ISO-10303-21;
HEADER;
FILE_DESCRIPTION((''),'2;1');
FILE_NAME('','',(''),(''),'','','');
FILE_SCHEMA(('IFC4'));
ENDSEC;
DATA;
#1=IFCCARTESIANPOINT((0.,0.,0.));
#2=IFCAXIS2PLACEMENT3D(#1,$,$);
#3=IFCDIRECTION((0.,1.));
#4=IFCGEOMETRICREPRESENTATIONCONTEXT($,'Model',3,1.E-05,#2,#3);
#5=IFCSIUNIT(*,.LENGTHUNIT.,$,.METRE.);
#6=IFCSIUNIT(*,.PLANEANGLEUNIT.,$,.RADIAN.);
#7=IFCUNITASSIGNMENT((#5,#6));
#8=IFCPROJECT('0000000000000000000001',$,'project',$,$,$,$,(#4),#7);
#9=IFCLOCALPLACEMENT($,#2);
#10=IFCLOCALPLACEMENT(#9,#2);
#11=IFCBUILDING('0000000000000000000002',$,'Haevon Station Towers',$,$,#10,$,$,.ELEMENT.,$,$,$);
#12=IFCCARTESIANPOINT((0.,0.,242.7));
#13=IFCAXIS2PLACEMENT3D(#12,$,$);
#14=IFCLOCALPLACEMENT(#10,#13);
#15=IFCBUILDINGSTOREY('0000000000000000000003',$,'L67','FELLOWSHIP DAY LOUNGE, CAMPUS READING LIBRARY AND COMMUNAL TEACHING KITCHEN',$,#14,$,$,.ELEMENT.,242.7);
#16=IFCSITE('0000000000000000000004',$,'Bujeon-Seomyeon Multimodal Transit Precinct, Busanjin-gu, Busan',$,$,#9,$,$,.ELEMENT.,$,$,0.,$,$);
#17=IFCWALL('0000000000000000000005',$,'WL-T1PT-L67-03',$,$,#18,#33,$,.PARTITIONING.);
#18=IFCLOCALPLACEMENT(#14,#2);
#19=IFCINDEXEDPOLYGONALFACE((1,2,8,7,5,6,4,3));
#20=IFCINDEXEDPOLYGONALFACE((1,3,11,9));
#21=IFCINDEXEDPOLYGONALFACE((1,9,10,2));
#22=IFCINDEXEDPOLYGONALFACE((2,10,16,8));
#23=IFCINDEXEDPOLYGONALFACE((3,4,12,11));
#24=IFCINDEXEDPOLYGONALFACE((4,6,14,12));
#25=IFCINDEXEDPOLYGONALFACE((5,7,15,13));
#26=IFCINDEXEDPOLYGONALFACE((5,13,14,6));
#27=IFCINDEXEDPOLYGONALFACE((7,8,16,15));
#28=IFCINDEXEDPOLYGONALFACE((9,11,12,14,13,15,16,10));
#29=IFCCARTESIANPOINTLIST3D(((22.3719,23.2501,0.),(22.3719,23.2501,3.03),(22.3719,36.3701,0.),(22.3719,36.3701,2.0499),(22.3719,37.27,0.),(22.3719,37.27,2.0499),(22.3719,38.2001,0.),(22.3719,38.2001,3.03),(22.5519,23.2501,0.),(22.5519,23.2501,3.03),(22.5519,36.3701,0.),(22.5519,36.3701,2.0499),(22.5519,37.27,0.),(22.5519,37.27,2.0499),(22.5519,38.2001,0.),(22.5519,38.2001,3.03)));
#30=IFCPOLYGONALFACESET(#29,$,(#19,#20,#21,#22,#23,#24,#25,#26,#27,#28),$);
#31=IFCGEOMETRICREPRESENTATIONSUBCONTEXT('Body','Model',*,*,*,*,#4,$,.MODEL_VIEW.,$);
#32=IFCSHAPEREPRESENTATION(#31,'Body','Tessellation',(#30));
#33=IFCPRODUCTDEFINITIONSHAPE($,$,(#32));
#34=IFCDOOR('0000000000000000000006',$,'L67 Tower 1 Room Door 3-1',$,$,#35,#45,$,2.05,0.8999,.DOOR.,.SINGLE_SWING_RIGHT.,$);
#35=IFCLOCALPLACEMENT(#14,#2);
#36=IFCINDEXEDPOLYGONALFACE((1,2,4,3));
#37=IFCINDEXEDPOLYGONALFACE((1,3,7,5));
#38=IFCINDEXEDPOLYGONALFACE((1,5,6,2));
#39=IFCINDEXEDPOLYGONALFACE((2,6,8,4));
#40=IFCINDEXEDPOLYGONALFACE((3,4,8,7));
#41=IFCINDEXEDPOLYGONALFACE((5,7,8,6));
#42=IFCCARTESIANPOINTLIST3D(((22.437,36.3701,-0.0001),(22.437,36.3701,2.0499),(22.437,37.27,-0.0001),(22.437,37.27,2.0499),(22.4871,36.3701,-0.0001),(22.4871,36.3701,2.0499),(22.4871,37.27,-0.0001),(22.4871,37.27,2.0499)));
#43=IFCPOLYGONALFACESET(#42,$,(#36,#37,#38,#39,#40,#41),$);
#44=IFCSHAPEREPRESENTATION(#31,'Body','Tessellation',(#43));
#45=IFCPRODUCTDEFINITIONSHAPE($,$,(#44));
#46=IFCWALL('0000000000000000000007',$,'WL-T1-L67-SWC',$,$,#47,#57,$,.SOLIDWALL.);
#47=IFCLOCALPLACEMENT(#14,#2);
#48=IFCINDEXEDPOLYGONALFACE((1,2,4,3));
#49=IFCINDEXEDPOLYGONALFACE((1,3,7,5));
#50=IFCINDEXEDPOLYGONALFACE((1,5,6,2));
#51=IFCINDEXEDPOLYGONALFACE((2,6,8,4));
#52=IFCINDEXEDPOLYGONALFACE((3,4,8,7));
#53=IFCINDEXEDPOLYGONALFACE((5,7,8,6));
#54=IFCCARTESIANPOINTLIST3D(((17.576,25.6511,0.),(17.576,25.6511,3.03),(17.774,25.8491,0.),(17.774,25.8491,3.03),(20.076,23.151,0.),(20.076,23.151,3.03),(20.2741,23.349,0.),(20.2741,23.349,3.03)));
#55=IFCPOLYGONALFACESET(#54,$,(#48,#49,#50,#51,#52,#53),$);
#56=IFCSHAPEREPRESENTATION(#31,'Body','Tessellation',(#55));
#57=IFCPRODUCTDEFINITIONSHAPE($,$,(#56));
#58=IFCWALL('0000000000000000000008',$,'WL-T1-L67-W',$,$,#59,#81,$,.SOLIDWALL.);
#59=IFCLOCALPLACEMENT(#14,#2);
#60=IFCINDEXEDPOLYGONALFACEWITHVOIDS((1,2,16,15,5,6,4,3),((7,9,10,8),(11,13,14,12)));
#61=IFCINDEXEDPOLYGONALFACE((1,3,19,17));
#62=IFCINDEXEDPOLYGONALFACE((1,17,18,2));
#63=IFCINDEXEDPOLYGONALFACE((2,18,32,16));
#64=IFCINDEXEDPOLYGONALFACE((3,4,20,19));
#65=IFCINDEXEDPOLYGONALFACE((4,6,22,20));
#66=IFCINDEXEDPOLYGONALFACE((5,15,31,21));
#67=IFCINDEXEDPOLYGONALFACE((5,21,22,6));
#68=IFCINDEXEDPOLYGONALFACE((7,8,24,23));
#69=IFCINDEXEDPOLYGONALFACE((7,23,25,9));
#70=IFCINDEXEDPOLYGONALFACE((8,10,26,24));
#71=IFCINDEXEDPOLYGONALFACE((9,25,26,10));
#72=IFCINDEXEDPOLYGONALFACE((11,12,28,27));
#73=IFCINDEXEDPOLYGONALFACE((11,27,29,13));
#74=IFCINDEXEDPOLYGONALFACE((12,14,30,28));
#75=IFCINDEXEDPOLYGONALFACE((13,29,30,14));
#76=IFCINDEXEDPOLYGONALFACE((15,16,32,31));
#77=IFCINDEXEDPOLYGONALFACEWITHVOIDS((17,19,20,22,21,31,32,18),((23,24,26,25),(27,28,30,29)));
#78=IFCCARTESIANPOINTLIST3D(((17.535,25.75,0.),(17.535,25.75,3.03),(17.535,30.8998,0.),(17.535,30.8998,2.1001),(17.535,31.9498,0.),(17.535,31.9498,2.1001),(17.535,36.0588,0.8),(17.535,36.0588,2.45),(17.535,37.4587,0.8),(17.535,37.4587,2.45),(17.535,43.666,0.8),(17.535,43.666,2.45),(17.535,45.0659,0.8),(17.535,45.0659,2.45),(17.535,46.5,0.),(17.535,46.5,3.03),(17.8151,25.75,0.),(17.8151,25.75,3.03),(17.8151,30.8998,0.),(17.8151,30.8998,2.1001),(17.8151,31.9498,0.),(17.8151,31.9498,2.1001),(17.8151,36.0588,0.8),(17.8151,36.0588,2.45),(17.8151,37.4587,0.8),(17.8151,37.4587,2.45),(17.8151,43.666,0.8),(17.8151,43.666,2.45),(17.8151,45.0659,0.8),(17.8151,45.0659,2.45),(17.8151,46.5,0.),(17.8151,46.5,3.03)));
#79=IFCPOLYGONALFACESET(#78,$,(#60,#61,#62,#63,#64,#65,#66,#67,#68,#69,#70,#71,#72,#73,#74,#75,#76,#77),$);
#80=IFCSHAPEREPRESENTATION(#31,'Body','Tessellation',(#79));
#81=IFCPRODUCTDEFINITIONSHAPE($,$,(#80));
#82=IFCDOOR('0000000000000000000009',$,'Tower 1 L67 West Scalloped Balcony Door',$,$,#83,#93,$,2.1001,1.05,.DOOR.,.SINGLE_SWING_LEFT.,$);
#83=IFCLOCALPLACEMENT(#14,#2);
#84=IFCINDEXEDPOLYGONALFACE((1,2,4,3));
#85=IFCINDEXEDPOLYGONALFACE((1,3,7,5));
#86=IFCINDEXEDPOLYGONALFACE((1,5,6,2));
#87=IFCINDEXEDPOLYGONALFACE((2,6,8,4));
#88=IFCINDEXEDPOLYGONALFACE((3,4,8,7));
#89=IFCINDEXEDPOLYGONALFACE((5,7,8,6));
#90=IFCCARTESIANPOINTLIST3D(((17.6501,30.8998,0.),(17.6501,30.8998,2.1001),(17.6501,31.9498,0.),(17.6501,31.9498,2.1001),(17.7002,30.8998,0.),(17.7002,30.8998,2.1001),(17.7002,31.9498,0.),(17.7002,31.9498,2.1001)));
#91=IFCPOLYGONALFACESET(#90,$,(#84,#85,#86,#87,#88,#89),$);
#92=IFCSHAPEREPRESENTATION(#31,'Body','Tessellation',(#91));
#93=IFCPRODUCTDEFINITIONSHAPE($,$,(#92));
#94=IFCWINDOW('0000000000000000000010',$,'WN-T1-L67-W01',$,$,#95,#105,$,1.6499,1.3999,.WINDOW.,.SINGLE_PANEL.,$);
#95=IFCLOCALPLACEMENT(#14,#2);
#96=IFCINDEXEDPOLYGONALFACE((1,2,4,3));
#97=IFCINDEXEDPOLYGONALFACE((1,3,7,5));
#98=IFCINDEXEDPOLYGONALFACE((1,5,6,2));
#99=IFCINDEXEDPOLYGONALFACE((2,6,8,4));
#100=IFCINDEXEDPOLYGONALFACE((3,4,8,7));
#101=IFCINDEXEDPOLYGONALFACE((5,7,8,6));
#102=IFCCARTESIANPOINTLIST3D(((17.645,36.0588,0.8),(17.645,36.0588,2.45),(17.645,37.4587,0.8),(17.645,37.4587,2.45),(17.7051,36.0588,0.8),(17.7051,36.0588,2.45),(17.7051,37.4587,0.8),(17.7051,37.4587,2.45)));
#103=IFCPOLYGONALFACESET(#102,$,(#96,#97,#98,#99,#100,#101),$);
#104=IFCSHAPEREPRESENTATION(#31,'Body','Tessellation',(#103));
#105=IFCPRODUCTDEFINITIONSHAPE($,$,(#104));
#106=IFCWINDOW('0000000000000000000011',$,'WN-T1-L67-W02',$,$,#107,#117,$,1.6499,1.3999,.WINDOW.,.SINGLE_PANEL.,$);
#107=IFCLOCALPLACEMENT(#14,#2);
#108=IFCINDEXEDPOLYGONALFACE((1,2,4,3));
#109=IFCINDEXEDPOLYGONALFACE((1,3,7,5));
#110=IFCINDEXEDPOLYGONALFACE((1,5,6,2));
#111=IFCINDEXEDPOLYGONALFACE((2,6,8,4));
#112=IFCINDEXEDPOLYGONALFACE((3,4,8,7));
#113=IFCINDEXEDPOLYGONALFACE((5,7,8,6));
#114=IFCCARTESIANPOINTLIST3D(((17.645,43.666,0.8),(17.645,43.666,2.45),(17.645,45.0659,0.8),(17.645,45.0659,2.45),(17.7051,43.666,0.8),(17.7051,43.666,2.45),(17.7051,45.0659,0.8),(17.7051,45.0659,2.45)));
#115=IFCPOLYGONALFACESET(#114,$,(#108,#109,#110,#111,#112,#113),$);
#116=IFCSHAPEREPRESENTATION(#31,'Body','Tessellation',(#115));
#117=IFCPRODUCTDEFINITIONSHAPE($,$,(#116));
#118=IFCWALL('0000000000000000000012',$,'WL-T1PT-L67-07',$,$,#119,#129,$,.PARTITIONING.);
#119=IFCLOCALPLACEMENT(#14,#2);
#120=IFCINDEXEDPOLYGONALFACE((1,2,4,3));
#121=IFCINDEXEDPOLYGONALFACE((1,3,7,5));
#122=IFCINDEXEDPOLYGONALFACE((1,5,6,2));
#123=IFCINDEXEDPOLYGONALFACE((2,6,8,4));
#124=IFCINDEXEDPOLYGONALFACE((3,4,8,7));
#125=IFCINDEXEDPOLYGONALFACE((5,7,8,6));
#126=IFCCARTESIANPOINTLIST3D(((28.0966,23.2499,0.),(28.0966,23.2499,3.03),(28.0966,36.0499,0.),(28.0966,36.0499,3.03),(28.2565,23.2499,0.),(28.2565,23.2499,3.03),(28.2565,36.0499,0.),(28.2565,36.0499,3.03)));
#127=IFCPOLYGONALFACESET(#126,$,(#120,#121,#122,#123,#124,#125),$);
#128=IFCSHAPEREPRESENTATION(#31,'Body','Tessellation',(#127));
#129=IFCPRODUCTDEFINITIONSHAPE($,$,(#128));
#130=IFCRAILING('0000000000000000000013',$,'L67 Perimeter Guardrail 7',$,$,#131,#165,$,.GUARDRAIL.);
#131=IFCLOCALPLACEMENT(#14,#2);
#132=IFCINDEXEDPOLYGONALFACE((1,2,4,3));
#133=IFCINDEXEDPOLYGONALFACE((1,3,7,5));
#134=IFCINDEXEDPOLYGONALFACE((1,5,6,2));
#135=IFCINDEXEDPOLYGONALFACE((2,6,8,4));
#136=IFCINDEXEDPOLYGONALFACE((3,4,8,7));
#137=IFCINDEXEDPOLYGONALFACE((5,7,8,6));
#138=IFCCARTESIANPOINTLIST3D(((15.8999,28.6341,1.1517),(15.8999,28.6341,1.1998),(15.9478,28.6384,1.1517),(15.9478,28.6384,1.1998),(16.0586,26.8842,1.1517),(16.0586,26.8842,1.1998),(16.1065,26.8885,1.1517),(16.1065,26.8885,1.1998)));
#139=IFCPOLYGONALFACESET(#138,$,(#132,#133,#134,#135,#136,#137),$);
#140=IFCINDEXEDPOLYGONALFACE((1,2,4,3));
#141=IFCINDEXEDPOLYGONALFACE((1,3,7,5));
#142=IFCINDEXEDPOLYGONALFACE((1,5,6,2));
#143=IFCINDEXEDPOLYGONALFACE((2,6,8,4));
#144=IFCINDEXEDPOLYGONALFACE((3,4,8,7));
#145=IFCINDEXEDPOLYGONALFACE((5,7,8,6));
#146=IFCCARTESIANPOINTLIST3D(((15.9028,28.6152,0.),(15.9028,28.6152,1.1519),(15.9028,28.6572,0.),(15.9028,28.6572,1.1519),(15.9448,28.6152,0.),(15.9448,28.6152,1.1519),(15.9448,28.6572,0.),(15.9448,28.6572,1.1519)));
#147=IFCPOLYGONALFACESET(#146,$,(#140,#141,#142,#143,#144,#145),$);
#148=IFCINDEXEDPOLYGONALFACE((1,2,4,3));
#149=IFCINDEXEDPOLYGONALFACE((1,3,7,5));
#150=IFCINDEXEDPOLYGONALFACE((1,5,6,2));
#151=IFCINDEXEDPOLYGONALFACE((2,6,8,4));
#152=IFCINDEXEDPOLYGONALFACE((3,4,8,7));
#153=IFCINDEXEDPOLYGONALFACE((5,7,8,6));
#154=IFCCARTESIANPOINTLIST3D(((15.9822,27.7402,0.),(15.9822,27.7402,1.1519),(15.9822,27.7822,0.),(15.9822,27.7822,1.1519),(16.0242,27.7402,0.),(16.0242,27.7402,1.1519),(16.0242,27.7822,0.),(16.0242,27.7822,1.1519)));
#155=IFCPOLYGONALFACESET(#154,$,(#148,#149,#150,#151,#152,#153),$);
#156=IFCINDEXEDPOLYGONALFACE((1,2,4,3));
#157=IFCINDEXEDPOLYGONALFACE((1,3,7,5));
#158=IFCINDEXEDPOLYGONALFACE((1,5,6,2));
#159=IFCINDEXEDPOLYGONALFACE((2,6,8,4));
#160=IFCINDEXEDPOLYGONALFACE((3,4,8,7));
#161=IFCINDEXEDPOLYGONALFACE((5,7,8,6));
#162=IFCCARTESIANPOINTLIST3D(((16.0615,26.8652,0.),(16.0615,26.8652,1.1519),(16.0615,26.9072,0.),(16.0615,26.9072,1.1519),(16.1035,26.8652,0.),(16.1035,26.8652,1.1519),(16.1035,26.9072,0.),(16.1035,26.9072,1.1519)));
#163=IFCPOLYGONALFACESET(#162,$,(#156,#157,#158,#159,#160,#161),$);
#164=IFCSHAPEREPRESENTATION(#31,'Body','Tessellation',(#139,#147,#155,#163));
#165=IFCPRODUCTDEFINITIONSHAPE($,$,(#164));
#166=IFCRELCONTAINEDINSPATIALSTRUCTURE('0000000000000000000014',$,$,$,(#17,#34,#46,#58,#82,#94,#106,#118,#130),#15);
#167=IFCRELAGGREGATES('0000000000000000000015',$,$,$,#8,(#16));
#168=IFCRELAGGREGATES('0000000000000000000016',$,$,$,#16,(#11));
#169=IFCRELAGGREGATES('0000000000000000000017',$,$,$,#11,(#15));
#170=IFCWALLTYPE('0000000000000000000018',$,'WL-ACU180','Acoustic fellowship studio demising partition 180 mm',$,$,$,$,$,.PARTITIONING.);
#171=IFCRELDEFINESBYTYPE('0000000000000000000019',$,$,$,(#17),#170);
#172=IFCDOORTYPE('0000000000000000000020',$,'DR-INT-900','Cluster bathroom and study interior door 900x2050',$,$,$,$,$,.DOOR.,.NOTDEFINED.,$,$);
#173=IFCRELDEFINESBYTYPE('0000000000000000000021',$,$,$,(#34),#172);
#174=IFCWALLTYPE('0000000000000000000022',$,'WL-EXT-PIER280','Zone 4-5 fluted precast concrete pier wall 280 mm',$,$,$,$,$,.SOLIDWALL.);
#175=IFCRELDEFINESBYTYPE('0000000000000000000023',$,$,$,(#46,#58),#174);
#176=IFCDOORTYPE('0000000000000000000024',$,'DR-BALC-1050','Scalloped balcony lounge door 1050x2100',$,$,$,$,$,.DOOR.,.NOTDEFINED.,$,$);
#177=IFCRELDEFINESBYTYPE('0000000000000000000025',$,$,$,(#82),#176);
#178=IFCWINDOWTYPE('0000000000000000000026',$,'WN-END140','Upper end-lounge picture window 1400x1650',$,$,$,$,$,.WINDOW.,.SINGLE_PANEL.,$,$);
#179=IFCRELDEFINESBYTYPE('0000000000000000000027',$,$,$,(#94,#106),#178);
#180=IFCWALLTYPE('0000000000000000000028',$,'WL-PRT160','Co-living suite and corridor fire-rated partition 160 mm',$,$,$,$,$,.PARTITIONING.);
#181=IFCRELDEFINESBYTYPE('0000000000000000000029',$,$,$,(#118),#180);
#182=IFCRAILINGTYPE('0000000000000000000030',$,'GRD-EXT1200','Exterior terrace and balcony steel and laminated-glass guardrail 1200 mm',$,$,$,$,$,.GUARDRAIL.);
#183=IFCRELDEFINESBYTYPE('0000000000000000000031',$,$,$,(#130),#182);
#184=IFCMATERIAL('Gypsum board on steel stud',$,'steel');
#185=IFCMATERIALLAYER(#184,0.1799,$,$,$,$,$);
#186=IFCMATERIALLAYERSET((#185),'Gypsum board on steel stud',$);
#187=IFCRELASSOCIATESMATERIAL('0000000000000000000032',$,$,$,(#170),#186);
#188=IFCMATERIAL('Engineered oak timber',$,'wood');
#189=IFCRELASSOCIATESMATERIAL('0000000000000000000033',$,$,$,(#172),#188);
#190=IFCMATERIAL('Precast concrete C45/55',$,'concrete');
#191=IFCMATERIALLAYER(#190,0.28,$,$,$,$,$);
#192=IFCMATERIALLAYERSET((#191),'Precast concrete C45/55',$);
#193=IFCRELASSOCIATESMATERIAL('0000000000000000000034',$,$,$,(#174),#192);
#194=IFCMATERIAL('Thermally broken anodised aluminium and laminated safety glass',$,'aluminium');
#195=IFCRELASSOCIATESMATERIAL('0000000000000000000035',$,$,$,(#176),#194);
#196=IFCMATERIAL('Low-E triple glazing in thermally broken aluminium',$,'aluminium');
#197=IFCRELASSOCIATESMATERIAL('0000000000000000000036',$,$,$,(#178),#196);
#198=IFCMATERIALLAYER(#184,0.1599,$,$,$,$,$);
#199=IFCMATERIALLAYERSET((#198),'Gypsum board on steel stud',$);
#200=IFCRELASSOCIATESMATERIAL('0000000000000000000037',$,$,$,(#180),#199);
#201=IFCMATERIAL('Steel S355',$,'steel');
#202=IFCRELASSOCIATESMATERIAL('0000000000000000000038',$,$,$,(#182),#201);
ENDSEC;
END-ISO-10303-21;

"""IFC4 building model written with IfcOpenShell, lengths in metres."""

from ifc_helpers import new_model, si_unit, direction, frame, frame_2d, origin, origin_2d, place, context, subcontext, project, spatial, rectangle, extrude, material, layer, layer_set, type_object, element, fill, save


model = new_model("IFC4")

# Units and contexts
model_context = context("Model", 3, precision=1e-05, world=origin(), true_north=direction((0.0, 1.0)))
body_context = subcontext(model_context, "Body", "Model", "MODEL_VIEW")
ifc_project = project(units=[si_unit("LENGTHUNIT", "METRE"), si_unit("PLANEANGLEUNIT", "RADIAN")], contexts=[model_context])

# Site, building, storey
site_placement = place(None, origin())
site = spatial("IfcSite", under=ifc_project, at=site_placement, Name="Bujeon-Seomyeon Multimodal Transit Precinct, Busanjin-gu, Busan", CompositionType="ELEMENT", RefElevation=0.0)
building_placement = place(site_placement, origin())
building = spatial("IfcBuilding", under=site, at=building_placement, Name="Haevon Station Towers", CompositionType="ELEMENT")
storey_placement = place(building_placement, frame((0.0, 0.0, 242.7)))
storey = spatial("IfcBuildingStorey", under=building, at=storey_placement, Name="L67", Description="FELLOWSHIP DAY LOUNGE, CAMPUS READING LIBRARY AND COMMUNAL TEACHING KITCHEN", CompositionType="ELEMENT", Elevation=242.7)

# Shared definitions
ifc_material_1 = material(Name="Steel S355", Category="steel")

# Wall, opening, door
ifc_material_2 = material(Name="Gypsum board on steel stud", Category="steel")
ifc_layer_1 = layer(ifc_material_2, 0.1799)
ifc_layer_set_1 = layer_set([ifc_layer_1], Name="Gypsum board on steel stud")
wall_type_1 = type_object("IfcWallType", Name="WL-ACU180", Description="Acoustic fellowship studio demising partition 180 mm", PredefinedType="PARTITIONING", material=ifc_layer_set_1)
wall_1_placement = place(storey_placement, frame((22.4619, 23.25, 0.0), z_axis=(0.0, 0.0, 1.0), x_axis=(0.0, 1.0, 0.0)))
wall_1 = element("IfcWall", 1, at=wall_1_placement, inside=storey, type_object=wall_type_1, Name="WL-T1PT-L67-03", PredefinedType="PARTITIONING", context=body_context, shape_type="SweptSolid", body=[
    extrude(rectangle(XDim=14.95, YDim=0.1799, at=frame_2d((7.4751, 0.0))), origin(), (0.0, 0.0, 1.0), 3.03),
])
opening_1_placement = place(wall_1_placement, frame((13.1201, 0.0, 0.0)))
opening_1 = element("IfcOpeningElement", 2, at=opening_1_placement, cuts=wall_1, PredefinedType="OPENING", context=body_context, shape_type="SweptSolid", body=[
    extrude(rectangle(XDim=0.8999, YDim=2.05, at=frame_2d((0.45, 1.0249))), frame((0.0, 0.0999, 0.0), z_axis=(0.0, -1.0, 0.0), x_axis=(1.0, 0.0, 0.0)), (0.0, 0.0, 1.0), 0.2),
])
ifc_material_3 = material(Name="Engineered oak timber", Category="wood")
door_type_1 = type_object("IfcDoorType", Name="DR-INT-900", Description="Cluster bathroom and study interior door 900x2050", OperationType="NOTDEFINED", PredefinedType="DOOR", material=ifc_material_3)
door_1_placement = place(opening_1_placement, origin())
door_1 = element("IfcDoor", 3, at=door_1_placement, inside=storey, type_object=door_type_1, Name="L67 Tower 1 Room Door 3-1", OperationType="SINGLE_SWING_RIGHT", OverallHeight=2.05, OverallWidth=0.8999, PredefinedType="DOOR", context=body_context, shape_type="SweptSolid", body=[
    extrude(rectangle(XDim=0.8999, YDim=2.05, at=frame_2d((0.45, 1.0249))), frame((0.0, 0.0249, 0.0), z_axis=(0.0, -1.0, 0.0), x_axis=(1.0, 0.0, 0.0)), (0.0, 0.0, 1.0), 0.05),
])
fill(opening_1, door_1)

# Wall
ifc_material_4 = material(Name="Precast concrete C45/55", Category="concrete")
ifc_layer_2 = layer(ifc_material_4, 0.28)
ifc_layer_set_2 = layer_set([ifc_layer_2], Name="Precast concrete C45/55")
wall_type_2 = type_object("IfcWallType", Name="WL-EXT-PIER280", Description="Zone 4-5 fluted precast concrete pier wall 280 mm", PredefinedType="SOLIDWALL", material=ifc_layer_set_2)
wall_2_placement = place(storey_placement, frame((20.175, 23.25, 0.0), z_axis=(0.0, 0.0, 1.0), x_axis=(-0.707107, 0.707107, 0.0)))
element("IfcWall", 4, at=wall_2_placement, inside=storey, type_object=wall_type_2, Name="WL-T1-L67-SWC", PredefinedType="SOLIDWALL", context=body_context, shape_type="SweptSolid", body=[
    extrude(rectangle(XDim=3.5356, YDim=0.28, at=frame_2d((1.7678, 0.0))), origin(), (0.0, 0.0, 1.0), 3.03),
])

# Wall, openings, door, windows
wall_3_placement = place(storey_placement, frame((17.675, 25.75, 0.0), z_axis=(0.0, 0.0, 1.0), x_axis=(0.0, 1.0, 0.0)))
wall_3 = element("IfcWall", 5, at=wall_3_placement, inside=storey, type_object=wall_type_2, Name="WL-T1-L67-W", PredefinedType="SOLIDWALL", context=body_context, shape_type="SweptSolid", body=[
    extrude(rectangle(XDim=20.75, YDim=0.28, at=frame_2d((10.375, 0.0))), origin(), (0.0, 0.0, 1.0), 3.03),
])
opening_2_placement = place(wall_3_placement, frame((5.1499, 0.0, 0.0)))
opening_2 = element("IfcOpeningElement", 6, at=opening_2_placement, cuts=wall_3, PredefinedType="OPENING", context=body_context, shape_type="SweptSolid", body=[
    extrude(rectangle(XDim=1.05, YDim=2.1001, at=frame_2d((0.5249, 1.05))), frame((0.0, 0.1499, 0.0), z_axis=(0.0, -1.0, 0.0), x_axis=(1.0, 0.0, 0.0)), (0.0, 0.0, 1.0), 0.3),
])
opening_3_placement = place(wall_3_placement, frame((10.3088, 0.0, 0.8)))
opening_3 = element("IfcOpeningElement", 7, at=opening_3_placement, cuts=wall_3, PredefinedType="OPENING", context=body_context, shape_type="SweptSolid", body=[
    extrude(rectangle(XDim=1.3999, YDim=1.6499, at=frame_2d((0.7, 0.825))), frame((0.0, 0.1499, 0.0), z_axis=(0.0, -1.0, 0.0), x_axis=(1.0, 0.0, 0.0)), (0.0, 0.0, 1.0), 0.3),
])
opening_4_placement = place(wall_3_placement, frame((17.916, 0.0, 0.8)))
opening_4 = element("IfcOpeningElement", 8, at=opening_4_placement, cuts=wall_3, PredefinedType="OPENING", context=body_context, shape_type="SweptSolid", body=[
    extrude(rectangle(XDim=1.3999, YDim=1.6499, at=frame_2d((0.7, 0.825))), frame((0.0, 0.1499, 0.0), z_axis=(0.0, -1.0, 0.0), x_axis=(1.0, 0.0, 0.0)), (0.0, 0.0, 1.0), 0.3),
])
ifc_material_5 = material(Name="Thermally broken anodised aluminium and laminated safety glass", Category="aluminium")
door_type_2 = type_object("IfcDoorType", Name="DR-BALC-1050", Description="Scalloped balcony lounge door 1050x2100", OperationType="NOTDEFINED", PredefinedType="DOOR", material=ifc_material_5)
door_2_placement = place(opening_2_placement, origin())
door_2 = element("IfcDoor", 9, at=door_2_placement, inside=storey, type_object=door_type_2, Name="Tower 1 L67 West Scalloped Balcony Door", OperationType="SINGLE_SWING_LEFT", OverallHeight=2.1001, OverallWidth=1.05, PredefinedType="DOOR", context=body_context, shape_type="SweptSolid", body=[
    extrude(rectangle(XDim=1.05, YDim=2.1001, at=frame_2d((0.5249, 1.05))), frame((0.0, 0.0249, 0.0), z_axis=(0.0, -1.0, 0.0), x_axis=(1.0, 0.0, 0.0)), (0.0, 0.0, 1.0), 0.05),
])
fill(opening_2, door_2)
ifc_material_6 = material(Name="Low-E triple glazing in thermally broken aluminium", Category="aluminium")
window_type = type_object("IfcWindowType", Name="WN-END140", Description="Upper end-lounge picture window 1400x1650", PartitioningType="SINGLE_PANEL", PredefinedType="WINDOW", material=ifc_material_6)
window_1_placement = place(opening_3_placement, origin())
window_1 = element("IfcWindow", 10, at=window_1_placement, inside=storey, type_object=window_type, Name="WN-T1-L67-W01", OverallHeight=1.6499, OverallWidth=1.3999, PartitioningType="SINGLE_PANEL", PredefinedType="WINDOW", context=body_context, shape_type="SweptSolid", body=[
    extrude(rectangle(XDim=1.3999, YDim=1.6499, at=frame_2d((0.7, 0.825))), frame((0.0, 0.03, 0.0), z_axis=(0.0, -1.0, 0.0), x_axis=(1.0, 0.0, 0.0)), (0.0, 0.0, 1.0), 0.0601),
])
fill(opening_3, window_1)
window_2_placement = place(opening_4_placement, origin())
window_2 = element("IfcWindow", 11, at=window_2_placement, inside=storey, type_object=window_type, Name="WN-T1-L67-W02", OverallHeight=1.6499, OverallWidth=1.3999, PartitioningType="SINGLE_PANEL", PredefinedType="WINDOW", context=body_context, shape_type="SweptSolid", body=[
    extrude(rectangle(XDim=1.3999, YDim=1.6499, at=frame_2d((0.7, 0.825))), frame((0.0, 0.03, 0.0), z_axis=(0.0, -1.0, 0.0), x_axis=(1.0, 0.0, 0.0)), (0.0, 0.0, 1.0), 0.0601),
])
fill(opening_4, window_2)

# Wall
ifc_layer_3 = layer(ifc_material_2, 0.1599)
ifc_layer_set_3 = layer_set([ifc_layer_3], Name="Gypsum board on steel stud")
wall_type_3 = type_object("IfcWallType", Name="WL-PRT160", Description="Co-living suite and corridor fire-rated partition 160 mm", PredefinedType="PARTITIONING", material=ifc_layer_set_3)
wall_4_placement = place(storey_placement, frame((28.1765, 23.25, 0.0), z_axis=(0.0, 0.0, 1.0), x_axis=(0.0, 1.0, 0.0)))
element("IfcWall", 12, at=wall_4_placement, inside=storey, type_object=wall_type_3, Name="WL-T1PT-L67-07", PredefinedType="PARTITIONING", context=body_context, shape_type="SweptSolid", body=[
    extrude(rectangle(XDim=12.8, YDim=0.1599, at=frame_2d((6.3999, 0.0))), origin(), (0.0, 0.0, 1.0), 3.03),
])

# Railing
railing_type = type_object("IfcRailingType", Name="GRD-EXT1200", Description="Exterior terrace and balcony steel and laminated-glass guardrail 1200 mm", PredefinedType="GUARDRAIL", material=ifc_material_1)
railing_1_placement = place(storey_placement, frame((15.9238, 28.6362, 0.0)))
element("IfcRailing", 13, at=railing_1_placement, inside=storey, type_object=railing_type, Name="L67 Perimeter Guardrail 7", PredefinedType="GUARDRAIL", context=body_context, shape_type="SweptSolid", body=[
    extrude(rectangle(XDim=0.0481, YDim=0.0481, at=origin_2d()), frame((0.0, 0.0, 1.1758), z_axis=(0.09031, -0.995914, 0.0), x_axis=(0.995914, 0.09031, 0.0)), (0.0, 0.0, 1.0), 1.7571),
    extrude(rectangle(XDim=0.042, YDim=0.042, at=origin_2d()), origin(), (0.0, 0.0, 1.0), 1.1519),
    extrude(rectangle(XDim=0.042, YDim=0.042, at=origin_2d()), frame((0.0793, -0.875, 0.0)), (0.0, 0.0, 1.0), 1.1519),
    extrude(rectangle(XDim=0.042, YDim=0.042, at=origin_2d()), frame((0.1587, -1.75, 0.0)), (0.0, 0.0, 1.0), 1.1519),
])

save(model, "model.ifc")
